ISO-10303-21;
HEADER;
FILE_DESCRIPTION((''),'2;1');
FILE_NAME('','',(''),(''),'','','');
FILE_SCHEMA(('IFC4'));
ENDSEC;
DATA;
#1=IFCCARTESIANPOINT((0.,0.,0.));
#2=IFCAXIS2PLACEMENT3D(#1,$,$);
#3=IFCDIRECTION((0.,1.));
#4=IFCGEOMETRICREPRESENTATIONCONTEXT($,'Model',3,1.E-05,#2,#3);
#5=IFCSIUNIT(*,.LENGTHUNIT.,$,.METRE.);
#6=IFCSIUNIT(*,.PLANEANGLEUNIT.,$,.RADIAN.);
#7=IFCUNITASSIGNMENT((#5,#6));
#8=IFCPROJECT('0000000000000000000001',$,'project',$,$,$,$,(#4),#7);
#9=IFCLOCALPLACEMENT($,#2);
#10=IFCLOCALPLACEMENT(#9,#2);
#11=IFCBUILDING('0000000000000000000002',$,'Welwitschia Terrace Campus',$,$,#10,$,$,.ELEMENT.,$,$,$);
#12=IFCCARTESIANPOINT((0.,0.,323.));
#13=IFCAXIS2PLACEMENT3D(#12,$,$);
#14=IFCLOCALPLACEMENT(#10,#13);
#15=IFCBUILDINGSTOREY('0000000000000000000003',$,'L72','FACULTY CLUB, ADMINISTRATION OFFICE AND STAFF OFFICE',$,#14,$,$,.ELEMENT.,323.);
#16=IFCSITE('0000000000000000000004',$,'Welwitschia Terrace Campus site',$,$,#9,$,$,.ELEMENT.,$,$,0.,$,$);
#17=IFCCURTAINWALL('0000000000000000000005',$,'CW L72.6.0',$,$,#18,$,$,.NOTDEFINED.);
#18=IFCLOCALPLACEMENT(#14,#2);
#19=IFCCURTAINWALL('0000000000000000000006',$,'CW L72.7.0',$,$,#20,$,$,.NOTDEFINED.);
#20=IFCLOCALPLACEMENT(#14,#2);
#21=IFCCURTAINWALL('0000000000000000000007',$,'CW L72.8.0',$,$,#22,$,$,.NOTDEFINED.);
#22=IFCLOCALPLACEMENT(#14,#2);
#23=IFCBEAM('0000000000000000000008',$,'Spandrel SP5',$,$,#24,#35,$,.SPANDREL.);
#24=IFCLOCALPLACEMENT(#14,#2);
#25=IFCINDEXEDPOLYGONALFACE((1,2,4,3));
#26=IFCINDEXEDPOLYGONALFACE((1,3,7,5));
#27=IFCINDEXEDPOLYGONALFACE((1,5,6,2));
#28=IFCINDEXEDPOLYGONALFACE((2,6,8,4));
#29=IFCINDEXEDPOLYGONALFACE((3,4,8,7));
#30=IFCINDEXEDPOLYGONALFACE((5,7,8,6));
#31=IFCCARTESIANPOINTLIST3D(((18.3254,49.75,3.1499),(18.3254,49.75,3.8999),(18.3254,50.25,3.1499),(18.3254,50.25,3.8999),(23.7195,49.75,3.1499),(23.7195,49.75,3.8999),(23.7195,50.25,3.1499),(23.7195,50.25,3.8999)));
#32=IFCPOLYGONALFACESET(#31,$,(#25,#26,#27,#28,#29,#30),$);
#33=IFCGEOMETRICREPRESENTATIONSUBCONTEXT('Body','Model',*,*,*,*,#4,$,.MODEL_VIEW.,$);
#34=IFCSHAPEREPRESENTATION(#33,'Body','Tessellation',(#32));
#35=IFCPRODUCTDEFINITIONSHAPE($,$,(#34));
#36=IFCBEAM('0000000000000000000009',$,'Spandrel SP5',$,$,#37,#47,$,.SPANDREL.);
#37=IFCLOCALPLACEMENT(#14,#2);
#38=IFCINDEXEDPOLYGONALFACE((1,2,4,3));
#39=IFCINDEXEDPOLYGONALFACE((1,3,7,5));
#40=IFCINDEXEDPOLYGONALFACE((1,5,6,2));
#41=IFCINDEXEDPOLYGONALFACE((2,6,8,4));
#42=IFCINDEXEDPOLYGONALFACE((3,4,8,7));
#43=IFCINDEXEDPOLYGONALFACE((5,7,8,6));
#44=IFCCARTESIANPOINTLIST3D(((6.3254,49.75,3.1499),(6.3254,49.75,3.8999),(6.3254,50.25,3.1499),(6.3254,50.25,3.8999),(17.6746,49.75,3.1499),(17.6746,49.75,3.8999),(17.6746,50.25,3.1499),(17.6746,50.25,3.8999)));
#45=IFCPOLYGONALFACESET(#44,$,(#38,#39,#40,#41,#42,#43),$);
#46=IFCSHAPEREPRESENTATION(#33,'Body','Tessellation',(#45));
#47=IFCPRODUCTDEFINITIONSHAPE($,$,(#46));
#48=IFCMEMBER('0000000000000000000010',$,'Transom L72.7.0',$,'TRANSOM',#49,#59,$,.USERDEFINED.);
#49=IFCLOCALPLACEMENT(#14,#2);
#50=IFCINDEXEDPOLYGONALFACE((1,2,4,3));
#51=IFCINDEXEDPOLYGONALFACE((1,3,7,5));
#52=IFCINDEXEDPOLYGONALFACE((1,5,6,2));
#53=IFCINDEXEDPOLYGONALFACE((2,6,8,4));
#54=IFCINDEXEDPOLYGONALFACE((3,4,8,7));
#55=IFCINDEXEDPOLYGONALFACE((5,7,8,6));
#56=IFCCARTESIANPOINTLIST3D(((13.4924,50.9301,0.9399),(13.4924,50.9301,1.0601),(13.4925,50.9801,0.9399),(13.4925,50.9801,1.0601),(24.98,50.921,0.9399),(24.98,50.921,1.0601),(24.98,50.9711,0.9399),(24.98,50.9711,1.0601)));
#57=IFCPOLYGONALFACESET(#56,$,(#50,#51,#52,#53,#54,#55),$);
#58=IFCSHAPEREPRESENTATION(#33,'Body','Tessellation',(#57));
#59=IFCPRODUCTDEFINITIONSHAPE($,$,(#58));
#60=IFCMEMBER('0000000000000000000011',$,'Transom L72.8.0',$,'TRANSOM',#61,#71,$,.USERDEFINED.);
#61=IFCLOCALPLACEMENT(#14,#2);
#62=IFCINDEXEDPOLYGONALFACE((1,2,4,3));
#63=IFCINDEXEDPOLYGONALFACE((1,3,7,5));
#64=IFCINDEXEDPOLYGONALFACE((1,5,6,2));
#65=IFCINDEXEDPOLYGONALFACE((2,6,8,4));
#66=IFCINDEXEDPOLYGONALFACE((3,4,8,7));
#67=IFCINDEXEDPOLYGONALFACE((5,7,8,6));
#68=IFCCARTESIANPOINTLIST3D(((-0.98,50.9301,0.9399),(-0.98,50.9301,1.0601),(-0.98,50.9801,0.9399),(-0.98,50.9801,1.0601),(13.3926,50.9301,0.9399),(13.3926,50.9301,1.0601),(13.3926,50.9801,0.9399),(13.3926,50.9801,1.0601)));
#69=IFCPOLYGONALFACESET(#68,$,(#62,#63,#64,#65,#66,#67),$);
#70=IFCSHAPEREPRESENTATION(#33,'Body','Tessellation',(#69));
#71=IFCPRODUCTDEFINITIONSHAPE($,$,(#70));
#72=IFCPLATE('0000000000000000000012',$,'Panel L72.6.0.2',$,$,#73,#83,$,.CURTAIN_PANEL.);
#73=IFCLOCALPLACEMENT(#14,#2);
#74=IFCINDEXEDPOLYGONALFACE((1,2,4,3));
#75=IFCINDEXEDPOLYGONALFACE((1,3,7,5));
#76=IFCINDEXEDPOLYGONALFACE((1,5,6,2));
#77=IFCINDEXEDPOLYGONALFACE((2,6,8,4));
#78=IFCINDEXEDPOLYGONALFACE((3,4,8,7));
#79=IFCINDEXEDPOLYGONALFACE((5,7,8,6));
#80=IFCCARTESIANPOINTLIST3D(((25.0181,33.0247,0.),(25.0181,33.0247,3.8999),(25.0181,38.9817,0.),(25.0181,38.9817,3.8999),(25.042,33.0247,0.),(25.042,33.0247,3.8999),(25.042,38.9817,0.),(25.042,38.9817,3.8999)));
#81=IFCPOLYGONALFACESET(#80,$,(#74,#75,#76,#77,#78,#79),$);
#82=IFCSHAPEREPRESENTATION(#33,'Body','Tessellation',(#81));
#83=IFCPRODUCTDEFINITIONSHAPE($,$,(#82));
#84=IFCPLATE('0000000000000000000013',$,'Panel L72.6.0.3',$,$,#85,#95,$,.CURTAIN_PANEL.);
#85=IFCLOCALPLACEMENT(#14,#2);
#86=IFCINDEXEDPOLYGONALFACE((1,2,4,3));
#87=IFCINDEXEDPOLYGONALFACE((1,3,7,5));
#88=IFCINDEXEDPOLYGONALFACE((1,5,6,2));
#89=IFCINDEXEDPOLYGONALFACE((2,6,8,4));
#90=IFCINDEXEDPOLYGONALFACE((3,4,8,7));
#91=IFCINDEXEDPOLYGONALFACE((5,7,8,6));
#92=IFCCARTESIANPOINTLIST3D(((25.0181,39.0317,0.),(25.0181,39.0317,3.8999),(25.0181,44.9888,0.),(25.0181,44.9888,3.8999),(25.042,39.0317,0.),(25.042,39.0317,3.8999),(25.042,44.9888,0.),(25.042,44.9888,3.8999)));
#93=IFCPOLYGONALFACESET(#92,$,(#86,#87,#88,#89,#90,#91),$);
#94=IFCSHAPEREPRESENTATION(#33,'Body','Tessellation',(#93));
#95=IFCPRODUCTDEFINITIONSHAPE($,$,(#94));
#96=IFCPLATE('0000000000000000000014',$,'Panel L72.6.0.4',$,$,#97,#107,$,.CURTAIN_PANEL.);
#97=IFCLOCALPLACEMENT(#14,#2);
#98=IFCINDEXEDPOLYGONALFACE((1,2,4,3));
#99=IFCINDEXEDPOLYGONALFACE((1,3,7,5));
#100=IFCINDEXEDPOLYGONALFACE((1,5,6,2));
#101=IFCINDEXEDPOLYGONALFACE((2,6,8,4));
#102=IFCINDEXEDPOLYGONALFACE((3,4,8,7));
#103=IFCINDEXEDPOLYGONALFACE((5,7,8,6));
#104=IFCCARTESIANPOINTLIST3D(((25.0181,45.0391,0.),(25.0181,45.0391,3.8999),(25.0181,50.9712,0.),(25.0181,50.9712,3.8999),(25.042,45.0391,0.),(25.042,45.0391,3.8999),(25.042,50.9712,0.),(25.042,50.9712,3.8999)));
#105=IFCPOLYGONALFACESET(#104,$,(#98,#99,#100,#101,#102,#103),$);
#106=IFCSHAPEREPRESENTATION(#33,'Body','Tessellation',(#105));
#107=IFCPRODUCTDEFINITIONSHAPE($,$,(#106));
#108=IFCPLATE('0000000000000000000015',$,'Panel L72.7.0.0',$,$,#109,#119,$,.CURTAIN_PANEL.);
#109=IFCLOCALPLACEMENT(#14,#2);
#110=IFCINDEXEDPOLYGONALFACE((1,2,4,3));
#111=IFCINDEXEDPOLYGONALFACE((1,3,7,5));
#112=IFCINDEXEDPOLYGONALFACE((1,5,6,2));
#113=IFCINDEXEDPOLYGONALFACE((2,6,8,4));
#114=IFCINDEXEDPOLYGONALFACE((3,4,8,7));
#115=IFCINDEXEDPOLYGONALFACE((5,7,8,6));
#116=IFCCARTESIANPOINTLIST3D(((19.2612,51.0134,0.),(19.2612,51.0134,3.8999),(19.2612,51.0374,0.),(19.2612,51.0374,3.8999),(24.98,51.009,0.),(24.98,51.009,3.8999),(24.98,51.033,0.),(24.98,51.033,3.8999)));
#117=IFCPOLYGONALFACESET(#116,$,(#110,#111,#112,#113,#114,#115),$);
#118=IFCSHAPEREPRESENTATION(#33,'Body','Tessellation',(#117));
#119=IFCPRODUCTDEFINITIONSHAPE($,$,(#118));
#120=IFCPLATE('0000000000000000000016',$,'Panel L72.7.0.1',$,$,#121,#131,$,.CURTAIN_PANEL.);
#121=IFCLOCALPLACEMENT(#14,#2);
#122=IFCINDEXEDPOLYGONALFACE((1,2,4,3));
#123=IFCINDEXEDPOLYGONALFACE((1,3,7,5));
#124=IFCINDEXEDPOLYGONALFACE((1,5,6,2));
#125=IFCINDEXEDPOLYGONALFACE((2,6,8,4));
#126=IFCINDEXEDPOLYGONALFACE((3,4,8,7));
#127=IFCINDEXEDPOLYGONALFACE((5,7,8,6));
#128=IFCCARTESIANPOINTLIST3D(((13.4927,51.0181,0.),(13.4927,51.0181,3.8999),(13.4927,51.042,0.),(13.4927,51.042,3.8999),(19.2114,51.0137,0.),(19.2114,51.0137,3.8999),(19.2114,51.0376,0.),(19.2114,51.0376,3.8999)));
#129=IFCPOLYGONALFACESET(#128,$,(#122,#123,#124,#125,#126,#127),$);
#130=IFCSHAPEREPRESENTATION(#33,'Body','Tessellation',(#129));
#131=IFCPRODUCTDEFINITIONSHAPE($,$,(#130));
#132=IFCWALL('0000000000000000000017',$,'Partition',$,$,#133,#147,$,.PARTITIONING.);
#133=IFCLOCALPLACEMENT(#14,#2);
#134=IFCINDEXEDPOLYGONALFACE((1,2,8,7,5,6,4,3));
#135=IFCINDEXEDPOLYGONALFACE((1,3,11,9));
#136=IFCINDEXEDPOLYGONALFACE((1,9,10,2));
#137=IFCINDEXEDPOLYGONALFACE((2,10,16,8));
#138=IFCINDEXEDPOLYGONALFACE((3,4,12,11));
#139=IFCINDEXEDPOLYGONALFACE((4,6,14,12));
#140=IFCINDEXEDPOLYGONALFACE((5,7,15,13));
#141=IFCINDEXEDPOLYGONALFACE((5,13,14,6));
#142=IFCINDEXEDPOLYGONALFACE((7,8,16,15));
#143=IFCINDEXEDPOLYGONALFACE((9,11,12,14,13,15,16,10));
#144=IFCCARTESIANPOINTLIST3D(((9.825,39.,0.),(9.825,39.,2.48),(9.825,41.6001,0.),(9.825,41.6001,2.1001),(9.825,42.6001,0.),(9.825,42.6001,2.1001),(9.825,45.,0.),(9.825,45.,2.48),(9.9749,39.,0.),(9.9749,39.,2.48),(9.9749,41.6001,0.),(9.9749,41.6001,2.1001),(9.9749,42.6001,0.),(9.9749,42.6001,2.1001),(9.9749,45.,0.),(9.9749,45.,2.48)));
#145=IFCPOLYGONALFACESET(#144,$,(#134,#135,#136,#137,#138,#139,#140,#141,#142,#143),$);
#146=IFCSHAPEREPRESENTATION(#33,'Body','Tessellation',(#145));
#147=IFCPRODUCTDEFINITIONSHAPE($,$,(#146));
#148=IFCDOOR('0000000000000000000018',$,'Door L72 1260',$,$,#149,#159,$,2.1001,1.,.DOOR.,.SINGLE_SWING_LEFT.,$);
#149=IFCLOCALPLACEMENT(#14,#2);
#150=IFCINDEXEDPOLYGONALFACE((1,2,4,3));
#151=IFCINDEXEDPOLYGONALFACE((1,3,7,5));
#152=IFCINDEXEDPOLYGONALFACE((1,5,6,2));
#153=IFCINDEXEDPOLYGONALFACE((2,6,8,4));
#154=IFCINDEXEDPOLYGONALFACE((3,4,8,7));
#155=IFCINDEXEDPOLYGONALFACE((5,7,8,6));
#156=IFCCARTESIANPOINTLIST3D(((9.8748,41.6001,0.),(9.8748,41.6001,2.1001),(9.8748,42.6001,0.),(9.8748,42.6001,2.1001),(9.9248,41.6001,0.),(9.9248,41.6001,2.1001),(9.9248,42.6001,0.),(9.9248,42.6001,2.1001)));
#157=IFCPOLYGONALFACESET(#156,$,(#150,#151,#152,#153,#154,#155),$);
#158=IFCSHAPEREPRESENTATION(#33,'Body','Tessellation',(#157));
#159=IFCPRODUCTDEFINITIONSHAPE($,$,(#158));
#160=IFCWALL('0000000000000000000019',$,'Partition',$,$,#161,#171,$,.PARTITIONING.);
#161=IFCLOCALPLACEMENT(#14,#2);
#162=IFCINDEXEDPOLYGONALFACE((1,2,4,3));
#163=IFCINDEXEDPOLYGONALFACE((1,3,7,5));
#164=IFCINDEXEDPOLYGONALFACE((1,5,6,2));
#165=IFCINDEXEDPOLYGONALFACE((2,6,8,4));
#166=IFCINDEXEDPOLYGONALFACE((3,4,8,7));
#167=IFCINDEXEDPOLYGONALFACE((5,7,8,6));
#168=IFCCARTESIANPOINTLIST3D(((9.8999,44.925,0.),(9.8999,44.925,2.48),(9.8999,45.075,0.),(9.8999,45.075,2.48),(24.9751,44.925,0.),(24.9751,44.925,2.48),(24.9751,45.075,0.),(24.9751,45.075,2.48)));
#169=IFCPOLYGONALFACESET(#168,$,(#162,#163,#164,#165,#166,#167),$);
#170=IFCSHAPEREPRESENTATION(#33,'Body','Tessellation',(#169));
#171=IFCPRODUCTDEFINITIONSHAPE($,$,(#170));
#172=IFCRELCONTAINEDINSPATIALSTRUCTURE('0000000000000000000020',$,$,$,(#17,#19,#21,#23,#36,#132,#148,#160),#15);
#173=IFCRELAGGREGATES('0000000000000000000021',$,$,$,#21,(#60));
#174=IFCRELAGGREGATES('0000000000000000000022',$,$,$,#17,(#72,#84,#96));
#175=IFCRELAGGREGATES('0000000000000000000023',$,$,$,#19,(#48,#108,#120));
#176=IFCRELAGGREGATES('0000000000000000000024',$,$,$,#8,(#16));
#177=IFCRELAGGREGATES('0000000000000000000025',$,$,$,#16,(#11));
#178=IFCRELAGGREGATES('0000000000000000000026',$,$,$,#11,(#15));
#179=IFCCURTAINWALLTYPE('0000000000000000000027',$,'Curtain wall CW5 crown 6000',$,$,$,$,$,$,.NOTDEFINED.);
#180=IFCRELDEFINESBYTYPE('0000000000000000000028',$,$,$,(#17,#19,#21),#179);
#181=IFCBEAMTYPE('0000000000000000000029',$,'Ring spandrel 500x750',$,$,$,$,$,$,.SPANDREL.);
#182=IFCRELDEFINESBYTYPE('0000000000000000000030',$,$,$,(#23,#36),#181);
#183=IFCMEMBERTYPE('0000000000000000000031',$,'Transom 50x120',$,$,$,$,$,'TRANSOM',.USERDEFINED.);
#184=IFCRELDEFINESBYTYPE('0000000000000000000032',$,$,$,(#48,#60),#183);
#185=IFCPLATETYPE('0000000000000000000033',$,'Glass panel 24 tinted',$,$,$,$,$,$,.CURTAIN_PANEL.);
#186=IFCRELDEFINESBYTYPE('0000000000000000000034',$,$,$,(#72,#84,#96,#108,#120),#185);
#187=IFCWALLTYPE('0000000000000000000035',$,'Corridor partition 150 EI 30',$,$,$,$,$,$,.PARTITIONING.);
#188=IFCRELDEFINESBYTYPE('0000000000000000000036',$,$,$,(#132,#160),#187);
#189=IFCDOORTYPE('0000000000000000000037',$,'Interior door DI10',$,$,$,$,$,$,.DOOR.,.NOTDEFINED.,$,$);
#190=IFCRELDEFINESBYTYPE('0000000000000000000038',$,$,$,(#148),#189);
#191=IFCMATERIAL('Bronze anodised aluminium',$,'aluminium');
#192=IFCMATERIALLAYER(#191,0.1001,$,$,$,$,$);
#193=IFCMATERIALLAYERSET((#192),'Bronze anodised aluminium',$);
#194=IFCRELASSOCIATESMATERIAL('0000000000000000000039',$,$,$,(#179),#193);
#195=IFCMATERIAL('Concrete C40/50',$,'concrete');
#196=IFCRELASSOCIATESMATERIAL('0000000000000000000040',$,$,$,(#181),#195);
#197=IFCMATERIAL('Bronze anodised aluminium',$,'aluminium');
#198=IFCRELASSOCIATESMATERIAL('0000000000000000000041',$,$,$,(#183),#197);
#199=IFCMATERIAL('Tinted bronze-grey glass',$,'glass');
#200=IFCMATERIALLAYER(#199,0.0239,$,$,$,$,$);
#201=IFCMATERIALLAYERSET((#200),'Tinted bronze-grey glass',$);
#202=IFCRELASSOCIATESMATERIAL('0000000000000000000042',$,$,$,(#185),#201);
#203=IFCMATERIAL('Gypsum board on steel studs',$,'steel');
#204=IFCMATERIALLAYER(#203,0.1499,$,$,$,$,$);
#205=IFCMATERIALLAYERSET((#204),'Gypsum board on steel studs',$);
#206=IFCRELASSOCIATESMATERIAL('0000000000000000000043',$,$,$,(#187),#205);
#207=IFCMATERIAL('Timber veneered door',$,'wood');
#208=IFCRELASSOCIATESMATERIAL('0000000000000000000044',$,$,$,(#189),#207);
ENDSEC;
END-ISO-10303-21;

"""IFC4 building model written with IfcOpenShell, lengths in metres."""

from ifc_helpers import new_model, si_unit, direction, frame, frame_2d, origin, origin_2d, place, context, subcontext, project, spatial, rectangle, extrude, material, layer, layer_set, material_profile, profile_set, type_object, element, fill, aggregate, save


model = new_model("IFC4")

# Units and contexts
model_context = context("Model", 3, precision=1e-05, world=origin(), true_north=direction((0.0, 1.0)))
body_context = subcontext(model_context, "Body", "Model", "MODEL_VIEW")
ifc_project = project(units=[si_unit("LENGTHUNIT", "METRE"), si_unit("PLANEANGLEUNIT", "RADIAN")], contexts=[model_context])

# Site, building, storey
site_placement = place(None, origin())
site = spatial("IfcSite", under=ifc_project, at=site_placement, Name="Welwitschia Terrace Campus site", CompositionType="ELEMENT", RefElevation=0.0)
building_placement = place(site_placement, origin())
building = spatial("IfcBuilding", under=site, at=building_placement, Name="Welwitschia Terrace Campus", CompositionType="ELEMENT")
storey_placement = place(building_placement, frame((0.0, 0.0, 323.0)))
storey = spatial("IfcBuildingStorey", under=building, at=storey_placement, Name="L72", Description="FACULTY CLUB, ADMINISTRATION OFFICE AND STAFF OFFICE", CompositionType="ELEMENT", Elevation=323.0)

# Curtain walls
ifc_material_1 = material(Name="Bronze anodised aluminium", Category="aluminium")
ifc_layer_1 = layer(ifc_material_1, 0.1001)
ifc_layer_set_1 = layer_set([ifc_layer_1], Name="Bronze anodised aluminium")
curtain_wall_type = type_object("IfcCurtainWallType", Name="Curtain wall CW5 crown 6000", PredefinedType="NOTDEFINED", material=ifc_layer_set_1)
curtain_wall_1_placement = place(storey_placement, origin())
curtain_wall_1 = element("IfcCurtainWall", 1, at=curtain_wall_1_placement, inside=storey, type_object=curtain_wall_type, Name="CW L72.6.0", PredefinedType="NOTDEFINED")
curtain_wall_2_placement = place(storey_placement, origin())
curtain_wall_2 = element("IfcCurtainWall", 2, at=curtain_wall_2_placement, inside=storey, type_object=curtain_wall_type, Name="CW L72.7.0", PredefinedType="NOTDEFINED")

# Curtain wall
curtain_wall_3_placement = place(storey_placement, origin())
curtain_wall_3 = element("IfcCurtainWall", 3, at=curtain_wall_3_placement, inside=storey, type_object=curtain_wall_type, Name="CW L72.8.0", PredefinedType="NOTDEFINED")

# Beams
ifc_material_2 = material(Name="Concrete C40/50", Category="concrete")
ifc_material_profile_1 = material_profile(ifc_material_2, rectangle(XDim=0.5, YDim=0.75, at=origin_2d()))
ifc_profile_set_1 = profile_set([ifc_material_profile_1], Name="Concrete C40/50")
beam_type_1 = type_object("IfcBeamType", Name="Ring spandrel 500x750", PredefinedType="SPANDREL", material=ifc_profile_set_1)
for number, where, z_axis, x_axis, name in (
    (4, (23.7195, 50.0, 3.5249), (-1.0, 0.0, 0.0), (0.0, -1.0, 0.0), "Spandrel SP5"),
):
    element("IfcBeam", number, at=place(storey_placement, frame(where, z_axis=z_axis, x_axis=x_axis)), inside=storey, type_object=beam_type_1, Name=name, PredefinedType="SPANDREL", context=body_context, shape_type="SweptSolid", body=[
        extrude(rectangle(XDim=0.5, YDim=0.75, at=origin_2d()), origin(), (0.0, 0.0, 1.0), 5.394),
    ])
beam_1_placement = place(storey_placement, frame((17.6746, 50.0, 3.5249), z_axis=(-1.0, 0.0, 0.0), x_axis=(0.0, -1.0, 0.0)))
element("IfcBeam", 5, at=beam_1_placement, inside=storey, type_object=beam_type_1, Name="Spandrel SP5", PredefinedType="SPANDREL", context=body_context, shape_type="SweptSolid", body=[
    extrude(rectangle(XDim=0.5, YDim=0.75, at=origin_2d()), origin(), (0.0, 0.0, 1.0), 11.3491),
])

# Members
ifc_material_3 = material(Name="Bronze anodised aluminium", Category="aluminium")
ifc_material_profile_2 = material_profile(ifc_material_3, rectangle(XDim=0.05, YDim=0.1201, at=origin_2d()))
ifc_profile_set_2 = profile_set([ifc_material_profile_2], Name="Bronze anodised aluminium")
member_type_1 = type_object("IfcMemberType", Name="Transom 50x120", ElementType="TRANSOM", PredefinedType="USERDEFINED", material=ifc_profile_set_2)
member_1_placement = place(storey_placement, frame((24.98, 50.946, 1.0), z_axis=(-1.0, 0.000786, 0.0), x_axis=(-0.000786, -1.0, 0.0)))
member_1 = element("IfcMember", 6, at=member_1_placement, type_object=member_type_1, Name="Transom L72.7.0", ObjectType="TRANSOM", PredefinedType="USERDEFINED", context=body_context, shape_type="SweptSolid", body=[
    extrude(rectangle(XDim=0.05, YDim=0.1201, at=origin_2d()), origin(), (0.0, 0.0, 1.0), 11.4875),
])
member_2_placement = place(storey_placement, frame((13.3926, 50.9551, 1.0), z_axis=(-1.0, 0.0, 0.0), x_axis=(0.0, -1.0, 0.0)))
member_2 = element("IfcMember", 7, at=member_2_placement, type_object=member_type_1, Name="Transom L72.8.0", ObjectType="TRANSOM", PredefinedType="USERDEFINED", context=body_context, shape_type="SweptSolid", body=[
    extrude(rectangle(XDim=0.05, YDim=0.1201, at=origin_2d()), origin(), (0.0, 0.0, 1.0), 14.3726),
])
aggregate(curtain_wall_3, [member_2])

# Plates
ifc_material_4 = material(Name="Tinted bronze-grey glass", Category="glass")
ifc_layer_2 = layer(ifc_material_4, 0.0239)
ifc_layer_set_2 = layer_set([ifc_layer_2], Name="Tinted bronze-grey glass")
plate_type = type_object("IfcPlateType", Name="Glass panel 24 tinted", PredefinedType="CURTAIN_PANEL", material=ifc_layer_set_2)
plate_1_placement = place(storey_placement, frame((25.03, 36.0032, 0.0), z_axis=(0.0, 0.0, 1.0), x_axis=(0.0, 1.0, 0.0)))
plate_1 = element("IfcPlate", 8, at=plate_1_placement, type_object=plate_type, Name="Panel L72.6.0.2", PredefinedType="CURTAIN_PANEL", context=body_context, shape_type="SweptSolid", body=[
    extrude(rectangle(XDim=5.957, YDim=0.0239, at=origin_2d()), origin(), (0.0, 0.0, 1.0), 3.8999),
])
plate_2_placement = place(storey_placement, frame((25.03, 42.0103, 0.0), z_axis=(0.0, 0.0, 1.0), x_axis=(0.0, 1.0, 0.0)))
plate_2 = element("IfcPlate", 9, at=plate_2_placement, type_object=plate_type, Name="Panel L72.6.0.3", PredefinedType="CURTAIN_PANEL", context=body_context, shape_type="SweptSolid", body=[
    extrude(rectangle(XDim=5.957, YDim=0.0239, at=origin_2d()), origin(), (0.0, 0.0, 1.0), 3.8999),
])
plate_3_placement = place(storey_placement, frame((25.03, 48.0051, 0.0), z_axis=(0.0, 0.0, 1.0), x_axis=(0.0, 1.0, 0.0)))
plate_3 = element("IfcPlate", 10, at=plate_3_placement, type_object=plate_type, Name="Panel L72.6.0.4", PredefinedType="CURTAIN_PANEL", context=body_context, shape_type="SweptSolid", body=[
    extrude(rectangle(XDim=5.9321, YDim=0.0239, at=origin_2d()), origin(), (0.0, 0.0, 1.0), 3.8999),
])
aggregate(curtain_wall_1, [plate_1, plate_2, plate_3])
plate_4_placement = place(storey_placement, frame((22.1206, 51.0232, 0.0), z_axis=(0.0, 0.0, 1.0), x_axis=(-1.0, 0.00077, 0.0)))
plate_4 = element("IfcPlate", 11, at=plate_4_placement, type_object=plate_type, Name="Panel L72.7.0.0", PredefinedType="CURTAIN_PANEL", context=body_context, shape_type="SweptSolid", body=[
    extrude(rectangle(XDim=5.7188, YDim=0.0239, at=origin_2d()), origin(), (0.0, 0.0, 1.0), 3.8999),
])
plate_5_placement = place(storey_placement, frame((16.3521, 51.0278, 0.0), z_axis=(0.0, 0.0, 1.0), x_axis=(-1.0, 0.00077, 0.0)))
plate_5 = element("IfcPlate", 12, at=plate_5_placement, type_object=plate_type, Name="Panel L72.7.0.1", PredefinedType="CURTAIN_PANEL", context=body_context, shape_type="SweptSolid", body=[
    extrude(rectangle(XDim=5.7188, YDim=0.0239, at=origin_2d()), origin(), (0.0, 0.0, 1.0), 3.8999),
])
aggregate(curtain_wall_2, [member_1, plate_4, plate_5])

# Wall, opening, door
ifc_material_5 = material(Name="Gypsum board on steel studs", Category="steel")
ifc_layer_3 = layer(ifc_material_5, 0.1499)
ifc_layer_set_3 = layer_set([ifc_layer_3], Name="Gypsum board on steel studs")
wall_type = type_object("IfcWallType", Name="Corridor partition 150 EI 30", PredefinedType="PARTITIONING", material=ifc_layer_set_3)
wall_1_placement = place(storey_placement, frame((9.8999, 45.0, 0.0), z_axis=(0.0, 0.0, 1.0), x_axis=(0.0, -1.0, 0.0)))
wall_1 = element("IfcWall", 13, at=wall_1_placement, inside=storey, type_object=wall_type, Name="Partition", PredefinedType="PARTITIONING", context=body_context, shape_type="SweptSolid", body=[
    extrude(rectangle(XDim=6.0, YDim=0.1499, at=frame_2d((3.0, 0.0))), origin(), (0.0, 0.0, 1.0), 2.48),
])
opening_1_placement = place(wall_1_placement, frame((2.3999, 0.0, 0.0)))
opening_1 = element("IfcOpeningElement", 14, at=opening_1_placement, cuts=wall_1, PredefinedType="OPENING", context=body_context, shape_type="SweptSolid", body=[
    extrude(rectangle(XDim=1.0, YDim=2.1001, at=frame_2d((0.5, 1.05))), frame((0.0, 0.085, 0.0), z_axis=(0.0, -1.0, 0.0), x_axis=(1.0, 0.0, 0.0)), (0.0, 0.0, 1.0), 0.1699),
])
ifc_material_6 = material(Name="Timber veneered door", Category="wood")
door_type = type_object("IfcDoorType", Name="Interior door DI10", OperationType="NOTDEFINED", PredefinedType="DOOR", material=ifc_material_6)
door_1_placement = place(opening_1_placement, origin())
door_1 = element("IfcDoor", 15, at=door_1_placement, inside=storey, type_object=door_type, Name="Door L72 1260", OperationType="SINGLE_SWING_LEFT", OverallHeight=2.1001, OverallWidth=1.0, PredefinedType="DOOR", context=body_context, shape_type="SweptSolid", body=[
    extrude(rectangle(XDim=1.0, YDim=2.1001, at=frame_2d((0.5, 1.05))), frame((0.0, 0.0249, 0.0), z_axis=(0.0, -1.0, 0.0), x_axis=(1.0, 0.0, 0.0)), (0.0, 0.0, 1.0), 0.05),
])
fill(opening_1, door_1)

# Wall
wall_2_placement = place(storey_placement, frame((9.8999, 45.0, 0.0), z_axis=(0.0, 0.0, 1.0), x_axis=(1.0, 0.0, 0.0)))
element("IfcWall", 16, at=wall_2_placement, inside=storey, type_object=wall_type, Name="Partition", PredefinedType="PARTITIONING", context=body_context, shape_type="SweptSolid", body=[
    extrude(rectangle(XDim=15.0752, YDim=0.1499, at=frame_2d((7.5376, 0.0))), origin(), (0.0, 0.0, 1.0), 2.48),
])

save(model, "model.ifc")
